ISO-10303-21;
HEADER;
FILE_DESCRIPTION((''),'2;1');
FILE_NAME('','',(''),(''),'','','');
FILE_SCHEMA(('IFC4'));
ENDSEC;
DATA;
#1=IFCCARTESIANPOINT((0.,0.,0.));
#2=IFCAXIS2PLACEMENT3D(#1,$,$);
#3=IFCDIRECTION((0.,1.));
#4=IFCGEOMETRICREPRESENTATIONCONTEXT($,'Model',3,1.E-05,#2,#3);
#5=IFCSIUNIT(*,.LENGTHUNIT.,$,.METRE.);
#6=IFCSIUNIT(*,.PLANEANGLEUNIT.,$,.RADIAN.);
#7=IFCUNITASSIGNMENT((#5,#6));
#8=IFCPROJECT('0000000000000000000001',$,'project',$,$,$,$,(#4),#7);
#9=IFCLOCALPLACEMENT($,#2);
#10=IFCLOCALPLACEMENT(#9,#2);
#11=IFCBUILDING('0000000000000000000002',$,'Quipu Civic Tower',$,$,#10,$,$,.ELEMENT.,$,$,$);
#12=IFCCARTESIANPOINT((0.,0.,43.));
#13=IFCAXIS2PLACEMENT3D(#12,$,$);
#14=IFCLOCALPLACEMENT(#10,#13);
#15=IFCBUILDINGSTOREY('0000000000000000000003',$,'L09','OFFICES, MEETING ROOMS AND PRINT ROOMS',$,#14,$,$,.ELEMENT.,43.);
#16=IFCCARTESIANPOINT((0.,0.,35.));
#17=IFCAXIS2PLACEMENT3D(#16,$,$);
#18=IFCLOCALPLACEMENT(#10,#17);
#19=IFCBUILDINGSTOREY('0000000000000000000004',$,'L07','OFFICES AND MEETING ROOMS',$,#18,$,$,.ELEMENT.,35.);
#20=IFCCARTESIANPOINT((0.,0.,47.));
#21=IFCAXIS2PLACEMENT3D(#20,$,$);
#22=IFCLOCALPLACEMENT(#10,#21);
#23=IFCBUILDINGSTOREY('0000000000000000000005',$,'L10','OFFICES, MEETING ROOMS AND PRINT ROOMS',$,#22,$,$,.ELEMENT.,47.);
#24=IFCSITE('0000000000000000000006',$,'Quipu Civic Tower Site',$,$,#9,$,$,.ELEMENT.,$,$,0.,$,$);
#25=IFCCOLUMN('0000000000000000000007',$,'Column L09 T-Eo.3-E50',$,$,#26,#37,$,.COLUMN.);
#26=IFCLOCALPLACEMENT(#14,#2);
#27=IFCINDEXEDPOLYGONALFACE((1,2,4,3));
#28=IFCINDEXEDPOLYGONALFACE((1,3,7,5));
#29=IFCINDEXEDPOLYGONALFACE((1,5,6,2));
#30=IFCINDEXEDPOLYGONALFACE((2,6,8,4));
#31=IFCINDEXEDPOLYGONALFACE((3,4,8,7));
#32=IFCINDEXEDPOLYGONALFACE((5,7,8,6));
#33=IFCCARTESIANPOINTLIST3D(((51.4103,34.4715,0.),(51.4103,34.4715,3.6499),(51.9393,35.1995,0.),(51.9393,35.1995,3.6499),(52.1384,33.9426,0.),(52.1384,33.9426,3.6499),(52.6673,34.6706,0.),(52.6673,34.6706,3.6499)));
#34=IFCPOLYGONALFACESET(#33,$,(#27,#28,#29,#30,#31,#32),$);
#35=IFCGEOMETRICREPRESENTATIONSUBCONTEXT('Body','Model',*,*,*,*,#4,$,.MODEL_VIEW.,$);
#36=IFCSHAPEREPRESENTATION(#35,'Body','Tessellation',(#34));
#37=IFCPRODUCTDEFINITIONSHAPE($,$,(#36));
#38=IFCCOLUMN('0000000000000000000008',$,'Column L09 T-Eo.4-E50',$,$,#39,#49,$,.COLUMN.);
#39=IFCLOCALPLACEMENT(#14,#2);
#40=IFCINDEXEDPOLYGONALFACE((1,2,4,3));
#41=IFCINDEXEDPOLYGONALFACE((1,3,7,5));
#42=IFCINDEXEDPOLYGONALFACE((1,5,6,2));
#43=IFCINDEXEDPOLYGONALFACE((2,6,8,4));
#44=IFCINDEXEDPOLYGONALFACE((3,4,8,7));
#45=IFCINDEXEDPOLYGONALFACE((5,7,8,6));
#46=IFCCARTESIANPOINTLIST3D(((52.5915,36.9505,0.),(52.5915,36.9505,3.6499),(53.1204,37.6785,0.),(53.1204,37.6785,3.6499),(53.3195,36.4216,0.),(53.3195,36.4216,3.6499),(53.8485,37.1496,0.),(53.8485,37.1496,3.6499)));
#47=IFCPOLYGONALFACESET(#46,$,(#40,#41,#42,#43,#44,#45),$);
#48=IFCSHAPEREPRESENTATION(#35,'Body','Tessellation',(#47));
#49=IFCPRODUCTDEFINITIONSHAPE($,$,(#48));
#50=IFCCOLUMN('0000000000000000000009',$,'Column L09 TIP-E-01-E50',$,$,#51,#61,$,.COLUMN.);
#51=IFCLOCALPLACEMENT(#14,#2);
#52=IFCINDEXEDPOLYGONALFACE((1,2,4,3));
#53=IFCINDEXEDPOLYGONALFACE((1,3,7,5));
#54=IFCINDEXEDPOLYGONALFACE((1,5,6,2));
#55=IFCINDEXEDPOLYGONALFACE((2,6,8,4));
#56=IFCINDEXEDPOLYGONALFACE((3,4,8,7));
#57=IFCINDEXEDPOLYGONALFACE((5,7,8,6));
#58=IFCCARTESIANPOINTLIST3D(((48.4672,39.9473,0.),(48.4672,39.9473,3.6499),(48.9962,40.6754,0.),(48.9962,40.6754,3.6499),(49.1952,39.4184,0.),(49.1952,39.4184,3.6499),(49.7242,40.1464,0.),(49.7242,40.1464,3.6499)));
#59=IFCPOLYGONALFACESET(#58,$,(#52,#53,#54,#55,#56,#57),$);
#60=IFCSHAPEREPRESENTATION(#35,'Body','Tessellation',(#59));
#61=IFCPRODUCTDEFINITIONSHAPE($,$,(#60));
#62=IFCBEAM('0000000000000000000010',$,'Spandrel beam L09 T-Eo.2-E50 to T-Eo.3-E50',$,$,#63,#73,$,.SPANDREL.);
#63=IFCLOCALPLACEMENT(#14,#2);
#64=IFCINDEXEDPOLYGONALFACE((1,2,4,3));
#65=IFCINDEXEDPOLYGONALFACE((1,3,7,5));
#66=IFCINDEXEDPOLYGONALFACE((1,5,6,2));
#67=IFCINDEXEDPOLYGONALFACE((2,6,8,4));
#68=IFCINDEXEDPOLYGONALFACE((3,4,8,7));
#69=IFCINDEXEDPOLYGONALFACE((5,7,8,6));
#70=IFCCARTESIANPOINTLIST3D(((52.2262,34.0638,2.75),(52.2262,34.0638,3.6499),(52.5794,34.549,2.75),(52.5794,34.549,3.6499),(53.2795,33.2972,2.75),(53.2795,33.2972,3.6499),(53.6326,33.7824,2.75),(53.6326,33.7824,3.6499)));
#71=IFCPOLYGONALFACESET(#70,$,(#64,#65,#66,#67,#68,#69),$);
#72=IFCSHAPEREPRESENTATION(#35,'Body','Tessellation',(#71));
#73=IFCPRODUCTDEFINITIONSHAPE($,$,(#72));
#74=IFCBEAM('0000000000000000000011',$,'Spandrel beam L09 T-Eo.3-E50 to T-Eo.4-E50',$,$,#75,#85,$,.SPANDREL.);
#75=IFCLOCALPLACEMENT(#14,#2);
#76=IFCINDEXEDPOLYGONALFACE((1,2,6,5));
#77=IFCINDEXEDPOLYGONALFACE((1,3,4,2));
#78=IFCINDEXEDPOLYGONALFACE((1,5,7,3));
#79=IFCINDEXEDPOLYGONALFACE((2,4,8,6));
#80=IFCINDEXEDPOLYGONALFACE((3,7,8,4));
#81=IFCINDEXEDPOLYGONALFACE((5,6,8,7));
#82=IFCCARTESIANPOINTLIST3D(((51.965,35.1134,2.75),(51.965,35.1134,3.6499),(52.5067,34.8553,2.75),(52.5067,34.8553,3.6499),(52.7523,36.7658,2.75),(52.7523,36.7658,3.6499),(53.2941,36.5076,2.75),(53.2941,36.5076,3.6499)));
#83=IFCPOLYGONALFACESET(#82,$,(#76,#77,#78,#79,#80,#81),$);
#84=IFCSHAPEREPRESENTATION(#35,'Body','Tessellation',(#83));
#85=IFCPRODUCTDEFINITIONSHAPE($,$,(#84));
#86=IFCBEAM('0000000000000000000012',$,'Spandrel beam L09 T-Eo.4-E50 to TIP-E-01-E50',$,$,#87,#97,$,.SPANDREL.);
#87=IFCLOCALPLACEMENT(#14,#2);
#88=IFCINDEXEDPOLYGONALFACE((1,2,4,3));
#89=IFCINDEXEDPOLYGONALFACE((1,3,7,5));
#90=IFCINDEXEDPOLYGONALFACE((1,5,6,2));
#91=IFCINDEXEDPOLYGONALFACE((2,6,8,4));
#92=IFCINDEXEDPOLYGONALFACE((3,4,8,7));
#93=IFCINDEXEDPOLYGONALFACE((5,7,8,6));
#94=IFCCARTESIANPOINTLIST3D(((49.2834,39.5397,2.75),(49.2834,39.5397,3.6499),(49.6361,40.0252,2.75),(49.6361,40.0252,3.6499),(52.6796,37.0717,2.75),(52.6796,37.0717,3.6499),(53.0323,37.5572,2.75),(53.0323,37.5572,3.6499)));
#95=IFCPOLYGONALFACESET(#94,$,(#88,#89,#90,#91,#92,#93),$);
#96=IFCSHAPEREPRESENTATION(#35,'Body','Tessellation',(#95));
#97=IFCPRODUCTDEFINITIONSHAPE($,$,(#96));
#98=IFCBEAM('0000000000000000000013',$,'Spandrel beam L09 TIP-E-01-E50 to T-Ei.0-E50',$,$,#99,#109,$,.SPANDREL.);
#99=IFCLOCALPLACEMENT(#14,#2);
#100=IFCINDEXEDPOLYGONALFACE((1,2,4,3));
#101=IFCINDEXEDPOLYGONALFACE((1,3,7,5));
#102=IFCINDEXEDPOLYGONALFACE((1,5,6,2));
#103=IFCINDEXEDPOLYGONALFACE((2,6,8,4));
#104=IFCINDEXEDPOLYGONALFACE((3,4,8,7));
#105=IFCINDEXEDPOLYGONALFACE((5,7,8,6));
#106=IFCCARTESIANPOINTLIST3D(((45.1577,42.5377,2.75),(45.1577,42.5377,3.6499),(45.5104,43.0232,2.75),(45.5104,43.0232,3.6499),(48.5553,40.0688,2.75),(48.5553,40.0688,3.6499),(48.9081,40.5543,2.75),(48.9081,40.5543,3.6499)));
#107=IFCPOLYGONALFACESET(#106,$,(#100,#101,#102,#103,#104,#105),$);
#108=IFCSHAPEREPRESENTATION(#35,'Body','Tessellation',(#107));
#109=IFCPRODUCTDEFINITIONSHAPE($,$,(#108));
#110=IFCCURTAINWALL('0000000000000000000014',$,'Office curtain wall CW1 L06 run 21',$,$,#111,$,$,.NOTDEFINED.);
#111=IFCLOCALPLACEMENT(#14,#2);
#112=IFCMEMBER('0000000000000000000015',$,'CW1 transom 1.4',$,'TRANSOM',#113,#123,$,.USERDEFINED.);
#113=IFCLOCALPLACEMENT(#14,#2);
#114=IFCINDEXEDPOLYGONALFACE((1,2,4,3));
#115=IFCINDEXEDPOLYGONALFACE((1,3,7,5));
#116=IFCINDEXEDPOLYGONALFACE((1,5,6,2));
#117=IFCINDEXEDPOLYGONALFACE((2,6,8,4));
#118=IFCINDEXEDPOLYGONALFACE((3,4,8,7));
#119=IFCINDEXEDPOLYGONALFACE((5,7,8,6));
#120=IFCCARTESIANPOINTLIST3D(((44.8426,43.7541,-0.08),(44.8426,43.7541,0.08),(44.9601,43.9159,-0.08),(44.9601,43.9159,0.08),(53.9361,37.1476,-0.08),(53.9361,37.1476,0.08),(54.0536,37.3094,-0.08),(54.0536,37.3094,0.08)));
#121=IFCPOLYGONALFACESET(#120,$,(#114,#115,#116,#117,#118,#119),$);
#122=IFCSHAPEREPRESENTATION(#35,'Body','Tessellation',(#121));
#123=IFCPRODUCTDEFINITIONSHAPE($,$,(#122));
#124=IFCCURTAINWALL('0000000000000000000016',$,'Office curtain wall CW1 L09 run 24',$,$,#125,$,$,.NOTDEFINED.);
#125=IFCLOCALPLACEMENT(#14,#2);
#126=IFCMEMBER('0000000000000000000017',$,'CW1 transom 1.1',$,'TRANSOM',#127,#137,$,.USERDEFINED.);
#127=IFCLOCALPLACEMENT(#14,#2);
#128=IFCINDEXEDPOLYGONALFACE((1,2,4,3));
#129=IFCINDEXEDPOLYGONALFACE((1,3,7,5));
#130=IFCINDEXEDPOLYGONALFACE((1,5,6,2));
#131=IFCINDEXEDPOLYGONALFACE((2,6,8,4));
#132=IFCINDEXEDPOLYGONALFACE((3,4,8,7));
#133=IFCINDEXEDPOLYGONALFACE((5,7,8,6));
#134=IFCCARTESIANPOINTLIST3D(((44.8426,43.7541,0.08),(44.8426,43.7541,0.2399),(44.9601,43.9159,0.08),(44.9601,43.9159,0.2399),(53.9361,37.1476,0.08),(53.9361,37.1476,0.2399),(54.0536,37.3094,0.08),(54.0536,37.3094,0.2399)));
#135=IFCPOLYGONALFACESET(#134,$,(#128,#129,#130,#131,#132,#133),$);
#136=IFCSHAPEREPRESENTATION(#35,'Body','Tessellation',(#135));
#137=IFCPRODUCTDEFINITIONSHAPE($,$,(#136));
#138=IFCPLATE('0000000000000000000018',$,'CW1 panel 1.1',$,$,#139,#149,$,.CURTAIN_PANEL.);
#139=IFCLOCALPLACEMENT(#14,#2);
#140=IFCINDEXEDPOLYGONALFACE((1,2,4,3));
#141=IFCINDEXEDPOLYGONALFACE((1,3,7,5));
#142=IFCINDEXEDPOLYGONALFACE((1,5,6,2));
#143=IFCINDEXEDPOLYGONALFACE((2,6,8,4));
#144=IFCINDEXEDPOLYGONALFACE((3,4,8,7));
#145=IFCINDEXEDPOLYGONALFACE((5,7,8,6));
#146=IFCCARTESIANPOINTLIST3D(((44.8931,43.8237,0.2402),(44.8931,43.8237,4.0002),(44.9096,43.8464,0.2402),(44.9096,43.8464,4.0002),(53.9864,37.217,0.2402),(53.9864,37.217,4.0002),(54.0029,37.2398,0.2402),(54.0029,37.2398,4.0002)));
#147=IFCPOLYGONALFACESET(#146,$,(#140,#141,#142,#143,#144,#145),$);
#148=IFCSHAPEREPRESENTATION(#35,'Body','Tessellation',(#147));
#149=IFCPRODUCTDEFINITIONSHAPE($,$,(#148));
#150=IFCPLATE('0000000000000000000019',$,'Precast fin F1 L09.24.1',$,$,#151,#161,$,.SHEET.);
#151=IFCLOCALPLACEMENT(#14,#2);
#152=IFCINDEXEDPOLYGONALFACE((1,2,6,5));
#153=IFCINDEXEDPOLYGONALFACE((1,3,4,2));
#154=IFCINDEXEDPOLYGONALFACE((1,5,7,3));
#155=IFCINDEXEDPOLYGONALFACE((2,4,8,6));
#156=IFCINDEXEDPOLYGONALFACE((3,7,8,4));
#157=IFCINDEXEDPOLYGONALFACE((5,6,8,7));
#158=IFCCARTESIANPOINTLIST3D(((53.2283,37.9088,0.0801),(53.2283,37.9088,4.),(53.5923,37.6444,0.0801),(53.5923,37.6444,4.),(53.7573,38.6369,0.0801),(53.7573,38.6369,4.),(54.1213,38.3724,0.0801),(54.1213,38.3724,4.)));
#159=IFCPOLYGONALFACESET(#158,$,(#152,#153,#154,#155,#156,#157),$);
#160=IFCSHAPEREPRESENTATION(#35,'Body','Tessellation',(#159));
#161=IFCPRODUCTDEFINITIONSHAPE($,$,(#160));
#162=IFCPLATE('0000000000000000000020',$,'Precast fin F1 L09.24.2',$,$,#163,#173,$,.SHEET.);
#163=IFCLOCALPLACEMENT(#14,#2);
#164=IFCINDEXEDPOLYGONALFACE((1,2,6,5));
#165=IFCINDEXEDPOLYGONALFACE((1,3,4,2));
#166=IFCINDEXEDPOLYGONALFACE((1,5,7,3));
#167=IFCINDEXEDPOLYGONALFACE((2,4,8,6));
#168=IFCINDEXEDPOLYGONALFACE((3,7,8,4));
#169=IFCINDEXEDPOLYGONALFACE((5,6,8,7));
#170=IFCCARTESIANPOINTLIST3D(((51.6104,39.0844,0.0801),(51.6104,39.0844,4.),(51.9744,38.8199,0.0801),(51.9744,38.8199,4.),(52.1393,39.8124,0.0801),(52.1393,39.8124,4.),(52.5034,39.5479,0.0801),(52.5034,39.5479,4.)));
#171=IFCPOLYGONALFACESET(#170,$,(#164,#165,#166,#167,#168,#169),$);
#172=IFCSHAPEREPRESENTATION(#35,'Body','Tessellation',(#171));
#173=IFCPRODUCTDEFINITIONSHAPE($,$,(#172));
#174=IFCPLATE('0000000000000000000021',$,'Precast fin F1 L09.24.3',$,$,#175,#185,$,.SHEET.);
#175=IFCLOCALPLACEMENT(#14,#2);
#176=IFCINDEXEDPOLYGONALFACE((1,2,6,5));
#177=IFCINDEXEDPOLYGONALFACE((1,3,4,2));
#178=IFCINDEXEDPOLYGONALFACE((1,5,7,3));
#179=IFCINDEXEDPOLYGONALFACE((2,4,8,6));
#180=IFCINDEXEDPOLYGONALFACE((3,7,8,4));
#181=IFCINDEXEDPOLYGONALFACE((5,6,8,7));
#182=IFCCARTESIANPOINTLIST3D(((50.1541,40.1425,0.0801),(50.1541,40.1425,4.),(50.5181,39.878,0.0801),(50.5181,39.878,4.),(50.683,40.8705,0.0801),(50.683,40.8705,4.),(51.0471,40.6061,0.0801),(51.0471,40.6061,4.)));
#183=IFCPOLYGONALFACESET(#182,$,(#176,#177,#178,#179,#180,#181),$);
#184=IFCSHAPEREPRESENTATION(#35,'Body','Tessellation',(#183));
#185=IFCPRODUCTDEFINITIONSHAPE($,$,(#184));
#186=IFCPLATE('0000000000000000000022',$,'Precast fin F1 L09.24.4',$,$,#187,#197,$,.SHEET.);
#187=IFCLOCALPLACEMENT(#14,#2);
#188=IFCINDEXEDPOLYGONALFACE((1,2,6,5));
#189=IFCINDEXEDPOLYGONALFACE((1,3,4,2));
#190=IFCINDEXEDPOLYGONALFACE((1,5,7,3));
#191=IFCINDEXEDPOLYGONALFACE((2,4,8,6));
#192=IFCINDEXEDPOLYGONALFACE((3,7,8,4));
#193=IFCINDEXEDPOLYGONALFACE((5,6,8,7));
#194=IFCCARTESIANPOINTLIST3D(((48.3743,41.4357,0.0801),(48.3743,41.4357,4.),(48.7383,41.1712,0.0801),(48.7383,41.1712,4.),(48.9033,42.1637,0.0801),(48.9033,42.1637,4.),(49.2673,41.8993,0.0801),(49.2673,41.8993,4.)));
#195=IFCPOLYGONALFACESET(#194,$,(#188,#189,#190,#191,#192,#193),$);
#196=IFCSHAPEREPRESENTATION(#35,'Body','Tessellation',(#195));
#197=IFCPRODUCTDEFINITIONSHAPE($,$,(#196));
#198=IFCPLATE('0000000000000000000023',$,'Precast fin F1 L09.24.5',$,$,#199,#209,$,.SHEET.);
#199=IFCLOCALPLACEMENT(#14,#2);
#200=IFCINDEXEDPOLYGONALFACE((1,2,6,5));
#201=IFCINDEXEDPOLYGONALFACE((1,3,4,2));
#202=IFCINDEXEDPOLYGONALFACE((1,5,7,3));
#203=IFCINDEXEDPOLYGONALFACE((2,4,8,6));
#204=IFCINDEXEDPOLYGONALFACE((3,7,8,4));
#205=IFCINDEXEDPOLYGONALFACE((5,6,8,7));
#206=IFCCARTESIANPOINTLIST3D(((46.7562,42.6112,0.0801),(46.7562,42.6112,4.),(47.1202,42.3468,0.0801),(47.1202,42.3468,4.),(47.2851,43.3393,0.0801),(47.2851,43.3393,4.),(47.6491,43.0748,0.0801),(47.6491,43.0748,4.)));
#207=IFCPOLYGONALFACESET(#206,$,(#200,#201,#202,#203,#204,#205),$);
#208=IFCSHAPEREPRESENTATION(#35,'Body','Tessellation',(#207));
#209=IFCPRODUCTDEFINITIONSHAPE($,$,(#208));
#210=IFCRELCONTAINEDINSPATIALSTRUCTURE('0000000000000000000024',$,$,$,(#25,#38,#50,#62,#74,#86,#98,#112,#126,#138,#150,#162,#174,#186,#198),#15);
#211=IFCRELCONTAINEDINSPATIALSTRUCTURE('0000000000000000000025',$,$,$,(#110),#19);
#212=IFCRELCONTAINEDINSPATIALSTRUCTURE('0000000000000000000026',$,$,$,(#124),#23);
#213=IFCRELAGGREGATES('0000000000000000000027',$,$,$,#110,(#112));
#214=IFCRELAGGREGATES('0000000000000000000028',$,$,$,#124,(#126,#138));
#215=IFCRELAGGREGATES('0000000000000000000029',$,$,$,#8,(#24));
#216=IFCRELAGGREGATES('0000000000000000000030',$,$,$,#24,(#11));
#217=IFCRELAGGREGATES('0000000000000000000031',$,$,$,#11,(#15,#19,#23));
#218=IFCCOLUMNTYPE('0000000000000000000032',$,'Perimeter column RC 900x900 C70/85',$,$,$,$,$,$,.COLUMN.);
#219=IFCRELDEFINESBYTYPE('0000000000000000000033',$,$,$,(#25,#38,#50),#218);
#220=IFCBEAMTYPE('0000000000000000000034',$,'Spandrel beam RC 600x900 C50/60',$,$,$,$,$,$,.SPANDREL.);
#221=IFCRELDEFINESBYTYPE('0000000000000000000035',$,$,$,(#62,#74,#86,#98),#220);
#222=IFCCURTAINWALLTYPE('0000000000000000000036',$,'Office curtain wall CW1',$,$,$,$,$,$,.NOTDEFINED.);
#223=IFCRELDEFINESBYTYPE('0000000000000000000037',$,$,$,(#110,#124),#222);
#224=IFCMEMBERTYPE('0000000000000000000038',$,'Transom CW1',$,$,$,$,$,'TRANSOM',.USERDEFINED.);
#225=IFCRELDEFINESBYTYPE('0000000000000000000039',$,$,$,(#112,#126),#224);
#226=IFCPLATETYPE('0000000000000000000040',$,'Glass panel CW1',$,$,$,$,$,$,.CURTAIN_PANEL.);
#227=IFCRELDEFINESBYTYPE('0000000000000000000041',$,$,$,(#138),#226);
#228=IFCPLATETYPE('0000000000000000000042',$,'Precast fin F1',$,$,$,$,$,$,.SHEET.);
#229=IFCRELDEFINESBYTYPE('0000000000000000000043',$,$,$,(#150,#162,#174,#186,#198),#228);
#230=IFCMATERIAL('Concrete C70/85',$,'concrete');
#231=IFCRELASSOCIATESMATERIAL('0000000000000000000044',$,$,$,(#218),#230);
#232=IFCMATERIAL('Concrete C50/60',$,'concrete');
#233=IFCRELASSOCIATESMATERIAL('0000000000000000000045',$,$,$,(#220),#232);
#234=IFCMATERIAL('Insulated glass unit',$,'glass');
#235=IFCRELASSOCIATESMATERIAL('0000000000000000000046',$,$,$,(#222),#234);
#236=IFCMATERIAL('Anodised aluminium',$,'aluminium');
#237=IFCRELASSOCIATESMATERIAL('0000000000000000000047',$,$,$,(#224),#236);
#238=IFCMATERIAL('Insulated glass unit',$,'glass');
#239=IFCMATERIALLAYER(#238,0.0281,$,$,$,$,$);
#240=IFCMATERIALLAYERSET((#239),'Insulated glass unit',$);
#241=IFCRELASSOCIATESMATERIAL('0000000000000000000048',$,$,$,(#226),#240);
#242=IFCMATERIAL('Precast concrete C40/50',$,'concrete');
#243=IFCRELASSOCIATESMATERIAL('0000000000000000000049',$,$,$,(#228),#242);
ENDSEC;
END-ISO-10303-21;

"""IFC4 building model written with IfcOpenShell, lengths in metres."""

from ifc_helpers import new_model, si_unit, direction, frame, origin, origin_2d, place, context, subcontext, project, spatial, rectangle, extrude, material, layer, layer_set, material_profile, profile_set, type_object, element, aggregate, save


model = new_model("IFC4")

# Units and contexts
model_context = context("Model", 3, precision=1e-05, world=origin(), true_north=direction((0.0, 1.0)))
body_context = subcontext(model_context, "Body", "Model", "MODEL_VIEW")
ifc_project = project(units=[si_unit("LENGTHUNIT", "METRE"), si_unit("PLANEANGLEUNIT", "RADIAN")], contexts=[model_context])

# Site, building, storey
site_placement = place(None, origin())
site = spatial("IfcSite", under=ifc_project, at=site_placement, Name="Quipu Civic Tower Site", CompositionType="ELEMENT", RefElevation=0.0)
building_placement = place(site_placement, origin())
building = spatial("IfcBuilding", under=site, at=building_placement, Name="Quipu Civic Tower", CompositionType="ELEMENT")
storey_1_placement = place(building_placement, frame((0.0, 0.0, 43.0)))
storey_1 = spatial("IfcBuildingStorey", under=building, at=storey_1_placement, Name="L09", Description="OFFICES, MEETING ROOMS AND PRINT ROOMS", CompositionType="ELEMENT", Elevation=43.0)

# Columns
ifc_material_1 = material(Name="Concrete C70/85", Category="concrete")
ifc_material_profile_1 = material_profile(ifc_material_1, rectangle(XDim=0.8999, YDim=0.8999, at=origin_2d()), Name="RC900x900")
ifc_profile_set_1 = profile_set([ifc_material_profile_1], Name="Concrete C70/85")
column_type = type_object("IfcColumnType", Name="Perimeter column RC 900x900 C70/85", PredefinedType="COLUMN", material=ifc_profile_set_1)
for number, where, z_axis, x_axis, name in (
    (1, (52.0388, 34.571, 0.0), (0.0, 0.0, 1.0), (0.587785, 0.809017, 0.0), "Column L09 T-Eo.3-E50"),
    (2, (53.22, 37.05, 0.0), (0.0, 0.0, 1.0), (-0.809017, 0.587785, 0.0), "Column L09 T-Eo.4-E50"),
    (3, (49.0957, 40.0469, 0.0), (0.0, 0.0, 1.0), (-0.809017, 0.587785, 0.0), "Column L09 TIP-E-01-E50"),
):
    element("IfcColumn", number, at=place(storey_1_placement, frame(where, z_axis=z_axis, x_axis=x_axis)), inside=storey_1, type_object=column_type, Name=name, PredefinedType="COLUMN", context=body_context, shape_type="SweptSolid", body=[
        extrude(rectangle(XDim=0.8999, YDim=0.8999, at=origin_2d()), origin(), (0.0, 0.0, 1.0), 3.6499),
    ])

# Beams
ifc_material_2 = material(Name="Concrete C50/60", Category="concrete")
ifc_material_profile_2 = material_profile(ifc_material_2, rectangle(XDim=0.6001, YDim=0.8999, at=origin_2d()), Name="RC600x900")
ifc_profile_set_2 = profile_set([ifc_material_profile_2], Name="Concrete C50/60")
beam_type = type_object("IfcBeamType", Name="Spandrel beam RC 600x900 C50/60", PredefinedType="SPANDREL", material=ifc_profile_set_2)
beam_1_placement = place(storey_1_placement, frame((53.4561, 33.5398, 3.2), z_axis=(-0.808509, 0.588484, 0.0), x_axis=(-0.588484, -0.808509, 0.0)))
element("IfcBeam", 4, at=beam_1_placement, inside=storey_1, type_object=beam_type, Name="Spandrel beam L09 T-Eo.2-E50 to T-Eo.3-E50", PredefinedType="SPANDREL", context=body_context, shape_type="SweptSolid", body=[
    extrude(rectangle(XDim=0.6001, YDim=0.8999, at=origin_2d()), origin(), (0.0, 0.0, 1.0), 1.3027),
])
beam_2_placement = place(storey_1_placement, frame((52.2358, 34.9844, 3.2), z_axis=(0.430167, 0.90275, 0.0), x_axis=(-0.90275, 0.430167, 0.0)))
element("IfcBeam", 5, at=beam_2_placement, inside=storey_1, type_object=beam_type, Name="Spandrel beam L09 T-Eo.3-E50 to T-Eo.4-E50", PredefinedType="SPANDREL", context=body_context, shape_type="SweptSolid", body=[
    extrude(rectangle(XDim=0.6001, YDim=0.8999, at=origin_2d()), origin(), (0.0, 0.0, 1.0), 1.8303),
])
beam_3_placement = place(storey_1_placement, frame((52.856, 37.3145, 3.2), z_axis=(-0.80896, 0.587864, 0.0), x_axis=(-0.587864, -0.80896, 0.0)))
element("IfcBeam", 6, at=beam_3_placement, inside=storey_1, type_object=beam_type, Name="Spandrel beam L09 T-Eo.4-E50 to TIP-E-01-E50", PredefinedType="SPANDREL", context=body_context, shape_type="SweptSolid", body=[
    extrude(rectangle(XDim=0.6001, YDim=0.8999, at=origin_2d()), origin(), (0.0, 0.0, 1.0), 4.1982),
])
beam_4_placement = place(storey_1_placement, frame((48.7317, 40.3115, 3.2), z_axis=(-0.80897, 0.58785, 0.0), x_axis=(-0.58785, -0.80897, 0.0)))
element("IfcBeam", 7, at=beam_4_placement, inside=storey_1, type_object=beam_type, Name="Spandrel beam L09 TIP-E-01-E50 to T-Ei.0-E50", PredefinedType="SPANDREL", context=body_context, shape_type="SweptSolid", body=[
    extrude(rectangle(XDim=0.6001, YDim=0.8999, at=origin_2d()), origin(), (0.0, 0.0, 1.0), 4.2),
])

# Shared definitions
storey_2_placement = place(building_placement, frame((0.0, 0.0, 35.0)))
storey_2 = spatial("IfcBuildingStorey", under=building, at=storey_2_placement, Name="L07", Description="OFFICES AND MEETING ROOMS", CompositionType="ELEMENT", Elevation=35.0)

# Curtain wall, member
ifc_material_3 = material(Name="Insulated glass unit", Category="glass")
curtain_wall_type = type_object("IfcCurtainWallType", Name="Office curtain wall CW1", PredefinedType="NOTDEFINED", material=ifc_material_3)
curtain_wall_1_placement = place(storey_2_placement, origin())
curtain_wall_1 = element("IfcCurtainWall", 8, at=curtain_wall_1_placement, inside=storey_2, type_object=curtain_wall_type, Name="Office curtain wall CW1 L06 run 21", PredefinedType="NOTDEFINED")
ifc_material_4 = material(Name="Anodised aluminium", Category="aluminium")
ifc_material_profile_3 = material_profile(ifc_material_4, rectangle(XDim=0.2, YDim=0.1599, at=origin_2d()), Name="RECT 200x160")
ifc_profile_set_3 = profile_set([ifc_material_profile_3], Name="Anodised aluminium")
member_type = type_object("IfcMemberType", Name="Transom CW1", ElementType="TRANSOM", PredefinedType="USERDEFINED", material=ifc_profile_set_3)
member_1_placement = place(storey_1_placement, frame((53.9949, 37.2285, 0.0), z_axis=(-0.809033, 0.587764, 0.0), x_axis=(-0.587764, -0.809033, 0.0)))
member_1 = element("IfcMember", 9, at=member_1_placement, inside=storey_1, type_object=member_type, Name="CW1 transom 1.4", ObjectType="TRANSOM", PredefinedType="USERDEFINED", context=body_context, shape_type="SweptSolid", body=[
    extrude(rectangle(XDim=0.2, YDim=0.1599, at=origin_2d()), origin(), (0.0, 0.0, 1.0), 11.24),
])
aggregate(curtain_wall_1, [member_1])

# Shared definitions
storey_3_placement = place(building_placement, frame((0.0, 0.0, 47.0)))
storey_3 = spatial("IfcBuildingStorey", under=building, at=storey_3_placement, Name="L10", Description="OFFICES, MEETING ROOMS AND PRINT ROOMS", CompositionType="ELEMENT", Elevation=47.0)

# Curtain wall, member, plate
curtain_wall_2_placement = place(storey_3_placement, origin())
curtain_wall_2 = element("IfcCurtainWall", 10, at=curtain_wall_2_placement, inside=storey_3, type_object=curtain_wall_type, Name="Office curtain wall CW1 L09 run 24", PredefinedType="NOTDEFINED")
member_2_placement = place(storey_1_placement, frame((53.9949, 37.2285, 0.1599), z_axis=(-0.809033, 0.587764, 0.0), x_axis=(-0.587764, -0.809033, 0.0)))
member_2 = element("IfcMember", 11, at=member_2_placement, inside=storey_1, type_object=member_type, Name="CW1 transom 1.1", ObjectType="TRANSOM", PredefinedType="USERDEFINED", context=body_context, shape_type="SweptSolid", body=[
    extrude(rectangle(XDim=0.2, YDim=0.1599, at=origin_2d()), origin(), (0.0, 0.0, 1.0), 11.24),
])
ifc_material_5 = material(Name="Insulated glass unit", Category="glass")
ifc_layer = layer(ifc_material_5, 0.0281)
ifc_layer_set = layer_set([ifc_layer], Name="Insulated glass unit")
plate_type_1 = type_object("IfcPlateType", Name="Glass panel CW1", PredefinedType="CURTAIN_PANEL", material=ifc_layer_set)
plate_placement = place(storey_1_placement, frame((49.448, 40.5317, 0.2402), z_axis=(0.0, 0.0, 1.0), x_axis=(-0.809019, 0.587782, 0.0)))
plate = element("IfcPlate", 12, at=plate_placement, inside=storey_1, type_object=plate_type_1, Name="CW1 panel 1.1", PredefinedType="CURTAIN_PANEL", context=body_context, shape_type="SweptSolid", body=[
    extrude(rectangle(XDim=11.24, YDim=0.0281, at=origin_2d()), origin(), (0.0, 0.0, 1.0), 3.76),
])
aggregate(curtain_wall_2, [member_2, plate])

# Plates
ifc_material_6 = material(Name="Precast concrete C40/50", Category="concrete")
plate_type_2 = type_object("IfcPlateType", Name="Precast fin F1", PredefinedType="SHEET", material=ifc_material_6)
for number, where, z_axis, x_axis, name in (
    (13, (53.6748, 38.1406, 0.0801), (0.0, 0.0, 1.0), (-0.809021, 0.587779, 0.0), "Precast fin F1 L09.24.1"),
    (14, (52.0569, 39.3162, 0.0801), (0.0, 0.0, 1.0), (-0.809021, 0.587779, 0.0), "Precast fin F1 L09.24.2"),
    (15, (50.6006, 40.3743, 0.0801), (0.0, 0.0, 1.0), (-0.809021, 0.587779, 0.0), "Precast fin F1 L09.24.3"),
    (16, (48.8208, 41.6675, 0.0801), (0.0, 0.0, 1.0), (-0.809021, 0.587779, 0.0), "Precast fin F1 L09.24.4"),
    (17, (47.2026, 42.843, 0.0801), (0.0, 0.0, 1.0), (-0.809021, 0.587779, 0.0), "Precast fin F1 L09.24.5"),
):
    element("IfcPlate", number, at=place(storey_1_placement, frame(where, z_axis=z_axis, x_axis=x_axis)), inside=storey_1, type_object=plate_type_2, Name=name, PredefinedType="SHEET", context=body_context, shape_type="SweptSolid", body=[
        extrude(rectangle(XDim=0.45, YDim=0.8999, at=origin_2d()), origin(), (0.0, 0.0, 1.0), 3.9199),
    ])

save(model, "model.ifc")
